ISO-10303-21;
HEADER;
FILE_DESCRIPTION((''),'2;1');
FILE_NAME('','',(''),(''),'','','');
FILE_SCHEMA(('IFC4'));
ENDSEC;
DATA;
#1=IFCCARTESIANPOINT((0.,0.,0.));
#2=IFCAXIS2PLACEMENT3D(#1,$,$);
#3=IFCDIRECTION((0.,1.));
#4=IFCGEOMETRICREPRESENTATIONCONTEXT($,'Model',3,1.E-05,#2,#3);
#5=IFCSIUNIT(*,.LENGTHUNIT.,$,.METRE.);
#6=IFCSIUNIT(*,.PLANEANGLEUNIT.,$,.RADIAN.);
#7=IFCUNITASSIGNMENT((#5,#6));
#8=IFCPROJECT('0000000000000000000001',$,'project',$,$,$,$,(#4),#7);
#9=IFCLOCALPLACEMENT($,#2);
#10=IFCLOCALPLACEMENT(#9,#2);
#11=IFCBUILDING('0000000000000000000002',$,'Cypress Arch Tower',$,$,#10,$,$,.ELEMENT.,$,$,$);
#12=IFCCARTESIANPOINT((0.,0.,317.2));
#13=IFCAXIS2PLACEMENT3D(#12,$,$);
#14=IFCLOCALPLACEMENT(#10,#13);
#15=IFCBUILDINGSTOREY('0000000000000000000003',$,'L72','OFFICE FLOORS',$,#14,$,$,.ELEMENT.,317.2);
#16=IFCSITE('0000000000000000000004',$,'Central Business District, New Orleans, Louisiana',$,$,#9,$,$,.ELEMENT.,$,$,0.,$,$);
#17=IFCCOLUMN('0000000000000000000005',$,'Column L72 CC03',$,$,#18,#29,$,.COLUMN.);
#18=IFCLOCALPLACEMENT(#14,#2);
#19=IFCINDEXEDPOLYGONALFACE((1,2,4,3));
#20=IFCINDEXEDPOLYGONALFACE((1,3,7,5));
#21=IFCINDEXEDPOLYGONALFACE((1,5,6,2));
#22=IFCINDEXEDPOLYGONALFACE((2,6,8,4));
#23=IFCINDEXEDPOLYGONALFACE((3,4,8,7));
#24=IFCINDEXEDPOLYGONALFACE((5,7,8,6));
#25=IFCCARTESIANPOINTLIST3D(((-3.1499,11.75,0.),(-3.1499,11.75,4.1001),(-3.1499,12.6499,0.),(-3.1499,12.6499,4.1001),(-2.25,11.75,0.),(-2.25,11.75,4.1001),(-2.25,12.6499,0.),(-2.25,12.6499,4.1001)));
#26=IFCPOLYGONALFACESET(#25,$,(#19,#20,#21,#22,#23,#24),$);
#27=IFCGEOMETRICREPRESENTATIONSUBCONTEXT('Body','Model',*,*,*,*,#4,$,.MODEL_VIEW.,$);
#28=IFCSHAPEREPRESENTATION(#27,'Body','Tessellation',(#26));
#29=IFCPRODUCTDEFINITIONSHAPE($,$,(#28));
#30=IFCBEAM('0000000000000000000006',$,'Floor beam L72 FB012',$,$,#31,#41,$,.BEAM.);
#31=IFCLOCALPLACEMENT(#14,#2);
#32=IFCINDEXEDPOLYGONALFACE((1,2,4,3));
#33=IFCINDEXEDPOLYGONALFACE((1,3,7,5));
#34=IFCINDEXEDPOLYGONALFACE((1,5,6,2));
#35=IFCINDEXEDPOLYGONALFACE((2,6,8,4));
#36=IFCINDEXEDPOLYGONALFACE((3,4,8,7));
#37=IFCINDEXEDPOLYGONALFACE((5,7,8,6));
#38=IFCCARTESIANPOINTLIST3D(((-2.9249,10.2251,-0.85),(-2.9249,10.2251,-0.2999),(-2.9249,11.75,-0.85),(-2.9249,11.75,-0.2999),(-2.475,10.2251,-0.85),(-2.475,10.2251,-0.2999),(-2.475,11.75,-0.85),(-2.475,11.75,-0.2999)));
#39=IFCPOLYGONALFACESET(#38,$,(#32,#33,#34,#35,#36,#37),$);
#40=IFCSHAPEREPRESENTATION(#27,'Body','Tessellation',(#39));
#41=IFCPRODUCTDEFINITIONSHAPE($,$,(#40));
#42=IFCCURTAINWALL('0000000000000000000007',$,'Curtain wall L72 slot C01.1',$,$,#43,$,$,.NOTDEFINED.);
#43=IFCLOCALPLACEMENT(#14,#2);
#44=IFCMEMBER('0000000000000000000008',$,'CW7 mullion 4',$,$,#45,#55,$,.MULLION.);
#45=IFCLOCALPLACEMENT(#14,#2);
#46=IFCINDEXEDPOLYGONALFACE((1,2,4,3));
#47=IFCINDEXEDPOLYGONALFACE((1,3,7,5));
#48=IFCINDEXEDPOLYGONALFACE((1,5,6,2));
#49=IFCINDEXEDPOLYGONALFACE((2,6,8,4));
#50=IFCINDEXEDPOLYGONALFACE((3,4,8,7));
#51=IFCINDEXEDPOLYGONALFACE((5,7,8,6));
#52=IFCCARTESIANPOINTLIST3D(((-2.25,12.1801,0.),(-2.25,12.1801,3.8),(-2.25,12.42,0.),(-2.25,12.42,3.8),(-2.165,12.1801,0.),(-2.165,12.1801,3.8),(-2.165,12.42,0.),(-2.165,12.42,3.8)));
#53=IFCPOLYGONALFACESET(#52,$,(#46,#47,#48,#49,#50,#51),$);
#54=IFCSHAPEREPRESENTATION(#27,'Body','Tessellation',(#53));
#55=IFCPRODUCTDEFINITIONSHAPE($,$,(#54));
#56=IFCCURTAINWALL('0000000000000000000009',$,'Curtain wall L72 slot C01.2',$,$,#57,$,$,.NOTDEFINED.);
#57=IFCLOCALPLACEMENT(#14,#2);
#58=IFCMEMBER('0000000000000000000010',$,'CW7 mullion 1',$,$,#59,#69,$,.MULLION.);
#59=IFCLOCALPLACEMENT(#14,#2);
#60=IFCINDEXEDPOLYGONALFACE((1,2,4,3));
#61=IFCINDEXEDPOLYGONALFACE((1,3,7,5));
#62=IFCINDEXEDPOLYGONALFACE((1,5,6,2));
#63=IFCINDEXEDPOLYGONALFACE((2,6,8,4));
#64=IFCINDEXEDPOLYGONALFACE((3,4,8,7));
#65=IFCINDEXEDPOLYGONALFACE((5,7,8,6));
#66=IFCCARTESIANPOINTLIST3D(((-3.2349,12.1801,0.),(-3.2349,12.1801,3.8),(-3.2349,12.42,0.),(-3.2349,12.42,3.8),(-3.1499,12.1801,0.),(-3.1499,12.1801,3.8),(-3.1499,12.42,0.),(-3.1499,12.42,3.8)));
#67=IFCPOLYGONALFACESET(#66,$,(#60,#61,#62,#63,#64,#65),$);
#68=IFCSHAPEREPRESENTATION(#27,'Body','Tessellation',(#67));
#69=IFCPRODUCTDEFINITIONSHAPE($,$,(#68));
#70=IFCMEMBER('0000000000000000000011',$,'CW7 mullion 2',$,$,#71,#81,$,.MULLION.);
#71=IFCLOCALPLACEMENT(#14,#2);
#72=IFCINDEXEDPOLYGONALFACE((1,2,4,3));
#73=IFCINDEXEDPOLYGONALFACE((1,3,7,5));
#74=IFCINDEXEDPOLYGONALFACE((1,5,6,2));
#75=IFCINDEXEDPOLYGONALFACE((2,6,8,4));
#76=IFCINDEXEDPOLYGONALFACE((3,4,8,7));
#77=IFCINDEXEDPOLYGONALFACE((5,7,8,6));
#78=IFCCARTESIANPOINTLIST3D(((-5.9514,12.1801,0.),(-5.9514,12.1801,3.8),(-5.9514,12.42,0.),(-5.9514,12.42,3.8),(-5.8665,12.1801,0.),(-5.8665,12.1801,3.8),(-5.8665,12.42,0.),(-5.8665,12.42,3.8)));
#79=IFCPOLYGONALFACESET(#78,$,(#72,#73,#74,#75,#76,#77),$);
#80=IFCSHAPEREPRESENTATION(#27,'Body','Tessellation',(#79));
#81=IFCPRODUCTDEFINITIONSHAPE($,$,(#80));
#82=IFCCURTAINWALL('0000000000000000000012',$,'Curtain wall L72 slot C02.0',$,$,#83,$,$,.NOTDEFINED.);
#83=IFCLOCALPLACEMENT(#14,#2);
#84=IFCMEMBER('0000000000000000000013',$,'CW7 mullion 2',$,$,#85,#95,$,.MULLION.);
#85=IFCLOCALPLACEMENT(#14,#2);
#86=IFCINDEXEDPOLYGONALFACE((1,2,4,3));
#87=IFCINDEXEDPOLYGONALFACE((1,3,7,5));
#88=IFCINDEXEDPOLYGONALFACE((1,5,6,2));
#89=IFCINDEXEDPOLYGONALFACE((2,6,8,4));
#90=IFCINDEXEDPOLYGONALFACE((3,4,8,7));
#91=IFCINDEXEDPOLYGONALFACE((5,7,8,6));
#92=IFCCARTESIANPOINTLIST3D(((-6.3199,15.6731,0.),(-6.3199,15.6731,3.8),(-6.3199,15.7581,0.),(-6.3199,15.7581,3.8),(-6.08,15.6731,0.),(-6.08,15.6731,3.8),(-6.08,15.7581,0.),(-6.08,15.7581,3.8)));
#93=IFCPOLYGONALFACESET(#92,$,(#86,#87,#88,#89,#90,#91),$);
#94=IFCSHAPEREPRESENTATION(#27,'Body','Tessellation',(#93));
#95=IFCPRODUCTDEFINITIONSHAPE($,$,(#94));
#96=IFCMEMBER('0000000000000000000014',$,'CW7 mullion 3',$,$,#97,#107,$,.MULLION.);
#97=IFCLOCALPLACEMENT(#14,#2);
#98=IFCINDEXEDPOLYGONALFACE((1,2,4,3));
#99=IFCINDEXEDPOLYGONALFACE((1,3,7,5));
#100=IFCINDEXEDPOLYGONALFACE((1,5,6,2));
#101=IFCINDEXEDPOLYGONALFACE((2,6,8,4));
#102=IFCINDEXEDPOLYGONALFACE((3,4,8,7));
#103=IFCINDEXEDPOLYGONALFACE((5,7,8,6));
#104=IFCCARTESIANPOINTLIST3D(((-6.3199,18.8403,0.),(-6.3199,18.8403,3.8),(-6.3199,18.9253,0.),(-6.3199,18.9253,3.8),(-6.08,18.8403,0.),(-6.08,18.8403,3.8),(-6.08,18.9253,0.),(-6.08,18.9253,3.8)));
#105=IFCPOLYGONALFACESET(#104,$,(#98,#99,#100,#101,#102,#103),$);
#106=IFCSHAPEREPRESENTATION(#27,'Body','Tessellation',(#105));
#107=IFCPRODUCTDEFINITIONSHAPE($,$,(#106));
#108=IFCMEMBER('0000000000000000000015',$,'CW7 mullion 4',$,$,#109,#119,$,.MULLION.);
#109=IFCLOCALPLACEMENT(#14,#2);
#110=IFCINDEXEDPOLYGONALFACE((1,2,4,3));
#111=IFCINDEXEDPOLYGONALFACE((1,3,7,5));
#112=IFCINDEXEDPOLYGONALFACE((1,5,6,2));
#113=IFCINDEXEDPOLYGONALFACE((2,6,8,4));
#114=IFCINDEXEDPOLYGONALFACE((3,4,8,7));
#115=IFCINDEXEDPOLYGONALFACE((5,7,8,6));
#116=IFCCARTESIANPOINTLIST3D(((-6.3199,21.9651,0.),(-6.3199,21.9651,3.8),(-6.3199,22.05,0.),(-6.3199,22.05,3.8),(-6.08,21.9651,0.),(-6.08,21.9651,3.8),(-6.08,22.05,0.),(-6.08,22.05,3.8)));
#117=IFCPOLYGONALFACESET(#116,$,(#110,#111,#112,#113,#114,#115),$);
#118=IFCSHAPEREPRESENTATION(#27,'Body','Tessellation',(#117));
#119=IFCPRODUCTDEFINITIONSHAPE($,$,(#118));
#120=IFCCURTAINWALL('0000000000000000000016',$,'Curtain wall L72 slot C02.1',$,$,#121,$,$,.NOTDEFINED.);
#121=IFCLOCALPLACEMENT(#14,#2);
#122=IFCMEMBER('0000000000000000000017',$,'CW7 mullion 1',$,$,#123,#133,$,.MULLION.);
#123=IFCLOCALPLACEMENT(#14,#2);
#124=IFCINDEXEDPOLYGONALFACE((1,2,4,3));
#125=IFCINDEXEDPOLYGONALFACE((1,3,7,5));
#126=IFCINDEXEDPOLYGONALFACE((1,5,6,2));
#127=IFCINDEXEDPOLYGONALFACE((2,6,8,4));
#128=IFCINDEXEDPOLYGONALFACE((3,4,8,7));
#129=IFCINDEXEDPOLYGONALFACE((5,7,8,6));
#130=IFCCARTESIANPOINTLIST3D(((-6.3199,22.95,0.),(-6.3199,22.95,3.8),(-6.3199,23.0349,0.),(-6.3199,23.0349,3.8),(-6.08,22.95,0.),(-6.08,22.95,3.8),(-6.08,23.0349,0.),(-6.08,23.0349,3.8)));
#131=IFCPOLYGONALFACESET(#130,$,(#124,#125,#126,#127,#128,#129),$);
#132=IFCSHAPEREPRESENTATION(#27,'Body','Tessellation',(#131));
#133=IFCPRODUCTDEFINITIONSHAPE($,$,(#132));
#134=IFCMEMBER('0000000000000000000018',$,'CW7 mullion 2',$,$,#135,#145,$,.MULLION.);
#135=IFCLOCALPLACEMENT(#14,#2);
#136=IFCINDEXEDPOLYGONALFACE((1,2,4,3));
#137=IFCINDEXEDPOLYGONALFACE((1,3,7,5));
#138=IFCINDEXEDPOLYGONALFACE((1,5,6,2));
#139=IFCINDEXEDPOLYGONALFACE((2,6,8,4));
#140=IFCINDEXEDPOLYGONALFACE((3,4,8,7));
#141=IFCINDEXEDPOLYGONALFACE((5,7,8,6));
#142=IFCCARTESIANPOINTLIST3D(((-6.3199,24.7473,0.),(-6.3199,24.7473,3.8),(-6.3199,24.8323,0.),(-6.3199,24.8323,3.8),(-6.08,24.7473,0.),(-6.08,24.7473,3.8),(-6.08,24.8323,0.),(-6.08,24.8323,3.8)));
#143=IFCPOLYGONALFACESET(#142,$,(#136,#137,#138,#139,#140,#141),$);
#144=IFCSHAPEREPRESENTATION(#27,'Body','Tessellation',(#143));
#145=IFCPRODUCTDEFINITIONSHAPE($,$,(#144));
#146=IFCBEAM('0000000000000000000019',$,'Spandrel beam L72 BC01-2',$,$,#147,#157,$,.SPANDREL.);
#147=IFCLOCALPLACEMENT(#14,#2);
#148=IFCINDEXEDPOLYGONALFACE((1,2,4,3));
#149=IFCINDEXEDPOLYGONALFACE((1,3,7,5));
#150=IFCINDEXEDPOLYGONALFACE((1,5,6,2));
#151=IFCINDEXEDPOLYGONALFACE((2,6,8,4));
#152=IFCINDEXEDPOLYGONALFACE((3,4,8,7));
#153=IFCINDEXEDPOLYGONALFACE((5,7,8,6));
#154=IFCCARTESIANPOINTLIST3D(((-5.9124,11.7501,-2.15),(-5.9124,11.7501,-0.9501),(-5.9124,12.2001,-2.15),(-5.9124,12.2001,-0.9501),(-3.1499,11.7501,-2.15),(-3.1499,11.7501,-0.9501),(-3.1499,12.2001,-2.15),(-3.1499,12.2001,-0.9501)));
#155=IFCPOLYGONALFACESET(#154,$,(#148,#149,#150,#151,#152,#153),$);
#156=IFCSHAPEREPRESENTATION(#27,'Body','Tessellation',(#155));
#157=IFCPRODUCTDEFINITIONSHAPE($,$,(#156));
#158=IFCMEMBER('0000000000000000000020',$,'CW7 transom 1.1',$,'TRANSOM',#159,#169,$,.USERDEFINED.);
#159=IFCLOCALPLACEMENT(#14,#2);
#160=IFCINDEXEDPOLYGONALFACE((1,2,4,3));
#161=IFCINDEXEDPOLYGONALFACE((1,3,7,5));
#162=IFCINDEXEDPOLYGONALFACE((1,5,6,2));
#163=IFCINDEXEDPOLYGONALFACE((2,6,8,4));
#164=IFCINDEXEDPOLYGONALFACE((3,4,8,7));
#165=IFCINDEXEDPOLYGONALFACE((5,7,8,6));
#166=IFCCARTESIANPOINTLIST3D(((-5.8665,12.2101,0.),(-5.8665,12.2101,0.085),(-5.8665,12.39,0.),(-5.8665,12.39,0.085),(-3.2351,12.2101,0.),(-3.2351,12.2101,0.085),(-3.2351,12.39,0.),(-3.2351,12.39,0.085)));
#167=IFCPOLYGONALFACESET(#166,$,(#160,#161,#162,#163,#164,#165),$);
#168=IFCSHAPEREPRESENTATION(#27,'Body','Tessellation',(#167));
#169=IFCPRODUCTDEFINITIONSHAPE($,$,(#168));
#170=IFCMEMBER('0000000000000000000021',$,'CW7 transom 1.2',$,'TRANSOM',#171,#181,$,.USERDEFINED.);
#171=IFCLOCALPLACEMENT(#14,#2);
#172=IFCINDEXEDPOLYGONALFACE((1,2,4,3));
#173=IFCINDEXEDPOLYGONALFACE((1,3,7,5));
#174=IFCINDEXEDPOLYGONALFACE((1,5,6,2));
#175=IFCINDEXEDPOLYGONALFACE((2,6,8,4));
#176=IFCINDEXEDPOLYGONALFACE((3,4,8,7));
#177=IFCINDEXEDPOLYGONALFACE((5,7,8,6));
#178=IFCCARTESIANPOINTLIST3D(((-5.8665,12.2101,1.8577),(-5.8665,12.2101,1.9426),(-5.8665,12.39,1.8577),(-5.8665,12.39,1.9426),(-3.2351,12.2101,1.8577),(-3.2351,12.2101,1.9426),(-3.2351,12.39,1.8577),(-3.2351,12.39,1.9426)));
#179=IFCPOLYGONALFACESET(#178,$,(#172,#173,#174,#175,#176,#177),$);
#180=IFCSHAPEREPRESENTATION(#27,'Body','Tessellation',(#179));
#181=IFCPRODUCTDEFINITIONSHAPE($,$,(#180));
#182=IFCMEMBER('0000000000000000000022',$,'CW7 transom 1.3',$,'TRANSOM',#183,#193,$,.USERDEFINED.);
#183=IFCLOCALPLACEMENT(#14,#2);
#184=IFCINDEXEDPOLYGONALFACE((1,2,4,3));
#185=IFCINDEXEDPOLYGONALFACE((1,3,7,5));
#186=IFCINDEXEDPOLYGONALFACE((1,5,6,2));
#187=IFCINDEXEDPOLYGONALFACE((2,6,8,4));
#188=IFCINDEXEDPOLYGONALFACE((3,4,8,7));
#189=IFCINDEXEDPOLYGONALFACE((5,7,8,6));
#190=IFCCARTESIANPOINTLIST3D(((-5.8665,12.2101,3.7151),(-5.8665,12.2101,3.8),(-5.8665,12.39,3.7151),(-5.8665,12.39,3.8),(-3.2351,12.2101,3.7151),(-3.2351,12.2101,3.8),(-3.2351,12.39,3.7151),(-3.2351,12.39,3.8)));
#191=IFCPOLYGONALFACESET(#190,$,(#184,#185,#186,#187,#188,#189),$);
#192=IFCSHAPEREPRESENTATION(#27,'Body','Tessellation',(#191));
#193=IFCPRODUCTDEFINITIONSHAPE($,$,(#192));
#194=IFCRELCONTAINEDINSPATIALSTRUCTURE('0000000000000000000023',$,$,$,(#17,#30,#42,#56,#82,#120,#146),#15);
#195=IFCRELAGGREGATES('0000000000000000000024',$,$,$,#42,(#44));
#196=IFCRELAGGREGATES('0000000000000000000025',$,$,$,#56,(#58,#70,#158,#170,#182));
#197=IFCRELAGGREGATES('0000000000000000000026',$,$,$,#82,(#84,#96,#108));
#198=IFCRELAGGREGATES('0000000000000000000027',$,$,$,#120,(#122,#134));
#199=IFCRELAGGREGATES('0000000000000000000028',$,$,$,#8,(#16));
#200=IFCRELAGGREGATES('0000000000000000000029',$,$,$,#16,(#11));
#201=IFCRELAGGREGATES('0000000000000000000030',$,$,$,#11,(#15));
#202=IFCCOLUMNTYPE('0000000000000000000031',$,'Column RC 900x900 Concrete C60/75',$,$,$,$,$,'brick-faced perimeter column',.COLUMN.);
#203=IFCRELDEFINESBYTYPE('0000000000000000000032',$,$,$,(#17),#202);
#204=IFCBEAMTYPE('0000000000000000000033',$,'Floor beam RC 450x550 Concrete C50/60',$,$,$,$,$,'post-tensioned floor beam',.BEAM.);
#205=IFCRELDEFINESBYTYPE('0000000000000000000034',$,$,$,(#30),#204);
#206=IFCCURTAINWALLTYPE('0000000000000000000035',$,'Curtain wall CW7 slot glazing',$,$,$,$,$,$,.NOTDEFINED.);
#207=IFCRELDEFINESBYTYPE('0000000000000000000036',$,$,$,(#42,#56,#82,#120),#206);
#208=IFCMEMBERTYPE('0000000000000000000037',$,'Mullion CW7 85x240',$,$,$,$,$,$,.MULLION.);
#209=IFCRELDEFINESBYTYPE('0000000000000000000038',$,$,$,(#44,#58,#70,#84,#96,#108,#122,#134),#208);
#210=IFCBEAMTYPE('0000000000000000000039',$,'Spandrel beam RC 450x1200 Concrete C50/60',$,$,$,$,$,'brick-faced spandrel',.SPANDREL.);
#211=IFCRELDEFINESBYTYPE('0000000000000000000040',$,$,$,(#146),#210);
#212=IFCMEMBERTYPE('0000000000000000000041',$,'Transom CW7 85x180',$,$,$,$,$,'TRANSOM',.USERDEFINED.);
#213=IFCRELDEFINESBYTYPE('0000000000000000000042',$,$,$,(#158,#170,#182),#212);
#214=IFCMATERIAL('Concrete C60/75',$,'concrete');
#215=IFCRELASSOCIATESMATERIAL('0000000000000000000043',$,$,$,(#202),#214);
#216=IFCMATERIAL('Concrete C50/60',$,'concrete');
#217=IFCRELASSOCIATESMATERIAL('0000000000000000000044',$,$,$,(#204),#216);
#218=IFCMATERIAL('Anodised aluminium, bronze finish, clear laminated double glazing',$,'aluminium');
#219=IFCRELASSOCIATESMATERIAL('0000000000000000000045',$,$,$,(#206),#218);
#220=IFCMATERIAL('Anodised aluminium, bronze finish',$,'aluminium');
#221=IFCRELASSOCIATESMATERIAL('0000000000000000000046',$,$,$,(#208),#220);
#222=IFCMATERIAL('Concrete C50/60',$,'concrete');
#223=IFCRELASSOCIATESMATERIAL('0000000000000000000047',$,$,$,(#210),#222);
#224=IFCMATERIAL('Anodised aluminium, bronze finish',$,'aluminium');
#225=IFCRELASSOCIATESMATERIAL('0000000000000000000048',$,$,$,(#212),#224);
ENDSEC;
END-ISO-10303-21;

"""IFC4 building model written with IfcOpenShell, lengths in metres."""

from ifc_helpers import new_model, si_unit, direction, frame, origin, origin_2d, place, context, subcontext, project, spatial, rectangle, extrude, material, material_profile, profile_set, type_object, element, aggregate, save


model = new_model("IFC4")

# Units and contexts
model_context = context("Model", 3, precision=1e-05, world=origin(), true_north=direction((0.0, 1.0)))
body_context = subcontext(model_context, "Body", "Model", "MODEL_VIEW")
ifc_project = project(units=[si_unit("LENGTHUNIT", "METRE"), si_unit("PLANEANGLEUNIT", "RADIAN")], contexts=[model_context])

# Site, building, storey
site_placement = place(None, origin())
site = spatial("IfcSite", under=ifc_project, at=site_placement, Name="Central Business District, New Orleans, Louisiana", CompositionType="ELEMENT", RefElevation=0.0)
building_placement = place(site_placement, origin())
building = spatial("IfcBuilding", under=site, at=building_placement, Name="Cypress Arch Tower", CompositionType="ELEMENT")
storey_placement = place(building_placement, frame((0.0, 0.0, 317.2)))
storey = spatial("IfcBuildingStorey", under=building, at=storey_placement, Name="L72", Description="OFFICE FLOORS", CompositionType="ELEMENT", Elevation=317.2)

# Column
ifc_material_1 = material(Name="Concrete C60/75", Category="concrete")
ifc_material_profile_1 = material_profile(ifc_material_1, rectangle(XDim=0.8999, YDim=0.8999, at=origin_2d()), Name="RC 900x900")
ifc_profile_set_1 = profile_set([ifc_material_profile_1], Name="Concrete C60/75")
column_type = type_object("IfcColumnType", Name="Column RC 900x900 Concrete C60/75", ElementType="brick-faced perimeter column", PredefinedType="COLUMN", material=ifc_profile_set_1)
column_placement = place(storey_placement, frame((-2.7, 12.2, 0.0), z_axis=(0.0, 0.0, 1.0), x_axis=(-1.0, 0.0, 0.0)))
element("IfcColumn", 1, at=column_placement, inside=storey, type_object=column_type, Name="Column L72 CC03", PredefinedType="COLUMN", context=body_context, shape_type="SweptSolid", body=[
    extrude(rectangle(XDim=0.8999, YDim=0.8999, at=origin_2d()), origin(), (0.0, 0.0, 1.0), 4.1001),
])

# Beam
ifc_material_2 = material(Name="Concrete C50/60", Category="concrete")
ifc_material_profile_2 = material_profile(ifc_material_2, rectangle(XDim=0.45, YDim=0.55, at=origin_2d()), Name="RC 450x550")
ifc_profile_set_2 = profile_set([ifc_material_profile_2], Name="Concrete C50/60")
beam_type_1 = type_object("IfcBeamType", Name="Floor beam RC 450x550 Concrete C50/60", ElementType="post-tensioned floor beam", PredefinedType="BEAM", material=ifc_profile_set_2)
beam_1_placement = place(storey_placement, frame((-2.7, 10.2251, -0.575), z_axis=(0.0, 1.0, 0.0), x_axis=(-1.0, 0.0, 0.0)))
element("IfcBeam", 2, at=beam_1_placement, inside=storey, type_object=beam_type_1, Name="Floor beam L72 FB012", PredefinedType="BEAM", context=body_context, shape_type="SweptSolid", body=[
    extrude(rectangle(XDim=0.45, YDim=0.55, at=origin_2d()), origin(), (0.0, 0.0, 1.0), 1.5249),
])

# Curtain wall, member
ifc_material_3 = material(Name="Anodised aluminium, bronze finish, clear laminated double glazing", Category="aluminium")
curtain_wall_type = type_object("IfcCurtainWallType", Name="Curtain wall CW7 slot glazing", PredefinedType="NOTDEFINED", material=ifc_material_3)
curtain_wall_1_placement = place(storey_placement, origin())
curtain_wall_1 = element("IfcCurtainWall", 3, at=curtain_wall_1_placement, inside=storey, type_object=curtain_wall_type, Name="Curtain wall L72 slot C01.1", PredefinedType="NOTDEFINED")
ifc_material_4 = material(Name="Anodised aluminium, bronze finish", Category="aluminium")
ifc_material_profile_3 = material_profile(ifc_material_4, rectangle(XDim=0.24, YDim=0.085, at=origin_2d()), Name="Mullion 85x240")
ifc_profile_set_3 = profile_set([ifc_material_profile_3], Name="Anodised aluminium, bronze finish")
member_type_1 = type_object("IfcMemberType", Name="Mullion CW7 85x240", PredefinedType="MULLION", material=ifc_profile_set_3)
member_1_placement = place(storey_placement, frame((-2.2075, 12.3, 0.0), z_axis=(0.0, 0.0, 1.0), x_axis=(0.0, -1.0, 0.0)))
member_1 = element("IfcMember", 4, at=member_1_placement, type_object=member_type_1, Name="CW7 mullion 4", PredefinedType="MULLION", context=body_context, shape_type="SweptSolid", body=[
    extrude(rectangle(XDim=0.24, YDim=0.085, at=origin_2d()), origin(), (0.0, 0.0, 1.0), 3.8),
])

# Curtain walls, members
curtain_wall_2_placement = place(storey_placement, origin())
curtain_wall_2 = element("IfcCurtainWall", 5, at=curtain_wall_2_placement, inside=storey, type_object=curtain_wall_type, Name="Curtain wall L72 slot C01.2", PredefinedType="NOTDEFINED")
member_2_placement = place(storey_placement, frame((-3.1924, 12.3, 0.0), z_axis=(0.0, 0.0, 1.0), x_axis=(0.0, -1.0, 0.0)))
member_2 = element("IfcMember", 6, at=member_2_placement, type_object=member_type_1, Name="CW7 mullion 1", PredefinedType="MULLION", context=body_context, shape_type="SweptSolid", body=[
    extrude(rectangle(XDim=0.24, YDim=0.085, at=origin_2d()), origin(), (0.0, 0.0, 1.0), 3.8),
])
member_3_placement = place(storey_placement, frame((-5.9089, 12.3, 0.0), z_axis=(0.0, 0.0, 1.0), x_axis=(0.0, -1.0, 0.0)))
member_3 = element("IfcMember", 7, at=member_3_placement, type_object=member_type_1, Name="CW7 mullion 2", PredefinedType="MULLION", context=body_context, shape_type="SweptSolid", body=[
    extrude(rectangle(XDim=0.24, YDim=0.085, at=origin_2d()), origin(), (0.0, 0.0, 1.0), 3.8),
])
curtain_wall_3_placement = place(storey_placement, origin())
curtain_wall_3 = element("IfcCurtainWall", 8, at=curtain_wall_3_placement, inside=storey, type_object=curtain_wall_type, Name="Curtain wall L72 slot C02.0", PredefinedType="NOTDEFINED")
member_4_placement = place(storey_placement, frame((-6.2, 15.7156, 0.0), z_axis=(0.0, 0.0, 1.0), x_axis=(-1.0, 0.0, 0.0)))
member_4 = element("IfcMember", 9, at=member_4_placement, type_object=member_type_1, Name="CW7 mullion 2", PredefinedType="MULLION", context=body_context, shape_type="SweptSolid", body=[
    extrude(rectangle(XDim=0.24, YDim=0.085, at=origin_2d()), origin(), (0.0, 0.0, 1.0), 3.8),
])
member_5_placement = place(storey_placement, frame((-6.2, 18.8828, 0.0), z_axis=(0.0, 0.0, 1.0), x_axis=(-1.0, 0.0, 0.0)))
member_5 = element("IfcMember", 10, at=member_5_placement, type_object=member_type_1, Name="CW7 mullion 3", PredefinedType="MULLION", context=body_context, shape_type="SweptSolid", body=[
    extrude(rectangle(XDim=0.24, YDim=0.085, at=origin_2d()), origin(), (0.0, 0.0, 1.0), 3.8),
])
member_6_placement = place(storey_placement, frame((-6.2, 22.0076, 0.0), z_axis=(0.0, 0.0, 1.0), x_axis=(-1.0, 0.0, 0.0)))
member_6 = element("IfcMember", 11, at=member_6_placement, type_object=member_type_1, Name="CW7 mullion 4", PredefinedType="MULLION", context=body_context, shape_type="SweptSolid", body=[
    extrude(rectangle(XDim=0.24, YDim=0.085, at=origin_2d()), origin(), (0.0, 0.0, 1.0), 3.8),
])
curtain_wall_4_placement = place(storey_placement, origin())
curtain_wall_4 = element("IfcCurtainWall", 12, at=curtain_wall_4_placement, inside=storey, type_object=curtain_wall_type, Name="Curtain wall L72 slot C02.1", PredefinedType="NOTDEFINED")
member_7_placement = place(storey_placement, frame((-6.2, 22.9924, 0.0), z_axis=(0.0, 0.0, 1.0), x_axis=(-1.0, 0.0, 0.0)))
member_7 = element("IfcMember", 13, at=member_7_placement, type_object=member_type_1, Name="CW7 mullion 1", PredefinedType="MULLION", context=body_context, shape_type="SweptSolid", body=[
    extrude(rectangle(XDim=0.24, YDim=0.085, at=origin_2d()), origin(), (0.0, 0.0, 1.0), 3.8),
])
member_8_placement = place(storey_placement, frame((-6.2, 24.7898, 0.0), z_axis=(0.0, 0.0, 1.0), x_axis=(-1.0, 0.0, 0.0)))
member_8 = element("IfcMember", 14, at=member_8_placement, type_object=member_type_1, Name="CW7 mullion 2", PredefinedType="MULLION", context=body_context, shape_type="SweptSolid", body=[
    extrude(rectangle(XDim=0.24, YDim=0.085, at=origin_2d()), origin(), (0.0, 0.0, 1.0), 3.8),
])

# Beam
ifc_material_5 = material(Name="Concrete C50/60", Category="concrete")
ifc_material_profile_4 = material_profile(ifc_material_5, rectangle(XDim=0.45, YDim=1.2, at=origin_2d()), Name="RC 450x1200")
ifc_profile_set_4 = profile_set([ifc_material_profile_4], Name="Concrete C50/60")
beam_type_2 = type_object("IfcBeamType", Name="Spandrel beam RC 450x1200 Concrete C50/60", ElementType="brick-faced spandrel", PredefinedType="SPANDREL", material=ifc_profile_set_4)
beam_2_placement = place(storey_placement, frame((-3.1499, 11.9751, -1.55), z_axis=(-1.0, 0.0, 0.0), x_axis=(0.0, -1.0, 0.0)))
element("IfcBeam", 15, at=beam_2_placement, inside=storey, type_object=beam_type_2, Name="Spandrel beam L72 BC01-2", PredefinedType="SPANDREL", context=body_context, shape_type="SweptSolid", body=[
    extrude(rectangle(XDim=0.45, YDim=1.2, at=origin_2d()), origin(), (0.0, 0.0, 1.0), 2.7625),
])

# Members
ifc_material_6 = material(Name="Anodised aluminium, bronze finish", Category="aluminium")
ifc_material_profile_5 = material_profile(ifc_material_6, rectangle(XDim=0.1799, YDim=0.085, at=origin_2d()), Name="Transom 85x180")
ifc_profile_set_5 = profile_set([ifc_material_profile_5], Name="Anodised aluminium, bronze finish")
member_type_2 = type_object("IfcMemberType", Name="Transom CW7 85x180", ElementType="TRANSOM", PredefinedType="USERDEFINED", material=ifc_profile_set_5)
member_9_placement = place(storey_placement, frame((-3.2351, 12.3, 0.0425), z_axis=(-1.0, 0.0, 0.0), x_axis=(0.0, -1.0, 0.0)))
member_9 = element("IfcMember", 16, at=member_9_placement, type_object=member_type_2, Name="CW7 transom 1.1", ObjectType="TRANSOM", PredefinedType="USERDEFINED", context=body_context, shape_type="SweptSolid", body=[
    extrude(rectangle(XDim=0.1799, YDim=0.085, at=origin_2d()), origin(), (0.0, 0.0, 1.0), 2.6313),
])
member_10_placement = place(storey_placement, frame((-3.2351, 12.3, 1.9001), z_axis=(-1.0, 0.0, 0.0), x_axis=(0.0, -1.0, 0.0)))
member_10 = element("IfcMember", 17, at=member_10_placement, type_object=member_type_2, Name="CW7 transom 1.2", ObjectType="TRANSOM", PredefinedType="USERDEFINED", context=body_context, shape_type="SweptSolid", body=[
    extrude(rectangle(XDim=0.1799, YDim=0.085, at=origin_2d()), origin(), (0.0, 0.0, 1.0), 2.6313),
])
member_11_placement = place(storey_placement, frame((-3.2351, 12.3, 3.7576), z_axis=(-1.0, 0.0, 0.0), x_axis=(0.0, -1.0, 0.0)))
member_11 = element("IfcMember", 18, at=member_11_placement, type_object=member_type_2, Name="CW7 transom 1.3", ObjectType="TRANSOM", PredefinedType="USERDEFINED", context=body_context, shape_type="SweptSolid", body=[
    extrude(rectangle(XDim=0.1799, YDim=0.085, at=origin_2d()), origin(), (0.0, 0.0, 1.0), 2.6313),
])

aggregate(curtain_wall_1, [member_1])
aggregate(curtain_wall_2, [member_2, member_3, member_9, member_10, member_11])
aggregate(curtain_wall_3, [member_4, member_5, member_6])
aggregate(curtain_wall_4, [member_7, member_8])

save(model, "model.ifc")
